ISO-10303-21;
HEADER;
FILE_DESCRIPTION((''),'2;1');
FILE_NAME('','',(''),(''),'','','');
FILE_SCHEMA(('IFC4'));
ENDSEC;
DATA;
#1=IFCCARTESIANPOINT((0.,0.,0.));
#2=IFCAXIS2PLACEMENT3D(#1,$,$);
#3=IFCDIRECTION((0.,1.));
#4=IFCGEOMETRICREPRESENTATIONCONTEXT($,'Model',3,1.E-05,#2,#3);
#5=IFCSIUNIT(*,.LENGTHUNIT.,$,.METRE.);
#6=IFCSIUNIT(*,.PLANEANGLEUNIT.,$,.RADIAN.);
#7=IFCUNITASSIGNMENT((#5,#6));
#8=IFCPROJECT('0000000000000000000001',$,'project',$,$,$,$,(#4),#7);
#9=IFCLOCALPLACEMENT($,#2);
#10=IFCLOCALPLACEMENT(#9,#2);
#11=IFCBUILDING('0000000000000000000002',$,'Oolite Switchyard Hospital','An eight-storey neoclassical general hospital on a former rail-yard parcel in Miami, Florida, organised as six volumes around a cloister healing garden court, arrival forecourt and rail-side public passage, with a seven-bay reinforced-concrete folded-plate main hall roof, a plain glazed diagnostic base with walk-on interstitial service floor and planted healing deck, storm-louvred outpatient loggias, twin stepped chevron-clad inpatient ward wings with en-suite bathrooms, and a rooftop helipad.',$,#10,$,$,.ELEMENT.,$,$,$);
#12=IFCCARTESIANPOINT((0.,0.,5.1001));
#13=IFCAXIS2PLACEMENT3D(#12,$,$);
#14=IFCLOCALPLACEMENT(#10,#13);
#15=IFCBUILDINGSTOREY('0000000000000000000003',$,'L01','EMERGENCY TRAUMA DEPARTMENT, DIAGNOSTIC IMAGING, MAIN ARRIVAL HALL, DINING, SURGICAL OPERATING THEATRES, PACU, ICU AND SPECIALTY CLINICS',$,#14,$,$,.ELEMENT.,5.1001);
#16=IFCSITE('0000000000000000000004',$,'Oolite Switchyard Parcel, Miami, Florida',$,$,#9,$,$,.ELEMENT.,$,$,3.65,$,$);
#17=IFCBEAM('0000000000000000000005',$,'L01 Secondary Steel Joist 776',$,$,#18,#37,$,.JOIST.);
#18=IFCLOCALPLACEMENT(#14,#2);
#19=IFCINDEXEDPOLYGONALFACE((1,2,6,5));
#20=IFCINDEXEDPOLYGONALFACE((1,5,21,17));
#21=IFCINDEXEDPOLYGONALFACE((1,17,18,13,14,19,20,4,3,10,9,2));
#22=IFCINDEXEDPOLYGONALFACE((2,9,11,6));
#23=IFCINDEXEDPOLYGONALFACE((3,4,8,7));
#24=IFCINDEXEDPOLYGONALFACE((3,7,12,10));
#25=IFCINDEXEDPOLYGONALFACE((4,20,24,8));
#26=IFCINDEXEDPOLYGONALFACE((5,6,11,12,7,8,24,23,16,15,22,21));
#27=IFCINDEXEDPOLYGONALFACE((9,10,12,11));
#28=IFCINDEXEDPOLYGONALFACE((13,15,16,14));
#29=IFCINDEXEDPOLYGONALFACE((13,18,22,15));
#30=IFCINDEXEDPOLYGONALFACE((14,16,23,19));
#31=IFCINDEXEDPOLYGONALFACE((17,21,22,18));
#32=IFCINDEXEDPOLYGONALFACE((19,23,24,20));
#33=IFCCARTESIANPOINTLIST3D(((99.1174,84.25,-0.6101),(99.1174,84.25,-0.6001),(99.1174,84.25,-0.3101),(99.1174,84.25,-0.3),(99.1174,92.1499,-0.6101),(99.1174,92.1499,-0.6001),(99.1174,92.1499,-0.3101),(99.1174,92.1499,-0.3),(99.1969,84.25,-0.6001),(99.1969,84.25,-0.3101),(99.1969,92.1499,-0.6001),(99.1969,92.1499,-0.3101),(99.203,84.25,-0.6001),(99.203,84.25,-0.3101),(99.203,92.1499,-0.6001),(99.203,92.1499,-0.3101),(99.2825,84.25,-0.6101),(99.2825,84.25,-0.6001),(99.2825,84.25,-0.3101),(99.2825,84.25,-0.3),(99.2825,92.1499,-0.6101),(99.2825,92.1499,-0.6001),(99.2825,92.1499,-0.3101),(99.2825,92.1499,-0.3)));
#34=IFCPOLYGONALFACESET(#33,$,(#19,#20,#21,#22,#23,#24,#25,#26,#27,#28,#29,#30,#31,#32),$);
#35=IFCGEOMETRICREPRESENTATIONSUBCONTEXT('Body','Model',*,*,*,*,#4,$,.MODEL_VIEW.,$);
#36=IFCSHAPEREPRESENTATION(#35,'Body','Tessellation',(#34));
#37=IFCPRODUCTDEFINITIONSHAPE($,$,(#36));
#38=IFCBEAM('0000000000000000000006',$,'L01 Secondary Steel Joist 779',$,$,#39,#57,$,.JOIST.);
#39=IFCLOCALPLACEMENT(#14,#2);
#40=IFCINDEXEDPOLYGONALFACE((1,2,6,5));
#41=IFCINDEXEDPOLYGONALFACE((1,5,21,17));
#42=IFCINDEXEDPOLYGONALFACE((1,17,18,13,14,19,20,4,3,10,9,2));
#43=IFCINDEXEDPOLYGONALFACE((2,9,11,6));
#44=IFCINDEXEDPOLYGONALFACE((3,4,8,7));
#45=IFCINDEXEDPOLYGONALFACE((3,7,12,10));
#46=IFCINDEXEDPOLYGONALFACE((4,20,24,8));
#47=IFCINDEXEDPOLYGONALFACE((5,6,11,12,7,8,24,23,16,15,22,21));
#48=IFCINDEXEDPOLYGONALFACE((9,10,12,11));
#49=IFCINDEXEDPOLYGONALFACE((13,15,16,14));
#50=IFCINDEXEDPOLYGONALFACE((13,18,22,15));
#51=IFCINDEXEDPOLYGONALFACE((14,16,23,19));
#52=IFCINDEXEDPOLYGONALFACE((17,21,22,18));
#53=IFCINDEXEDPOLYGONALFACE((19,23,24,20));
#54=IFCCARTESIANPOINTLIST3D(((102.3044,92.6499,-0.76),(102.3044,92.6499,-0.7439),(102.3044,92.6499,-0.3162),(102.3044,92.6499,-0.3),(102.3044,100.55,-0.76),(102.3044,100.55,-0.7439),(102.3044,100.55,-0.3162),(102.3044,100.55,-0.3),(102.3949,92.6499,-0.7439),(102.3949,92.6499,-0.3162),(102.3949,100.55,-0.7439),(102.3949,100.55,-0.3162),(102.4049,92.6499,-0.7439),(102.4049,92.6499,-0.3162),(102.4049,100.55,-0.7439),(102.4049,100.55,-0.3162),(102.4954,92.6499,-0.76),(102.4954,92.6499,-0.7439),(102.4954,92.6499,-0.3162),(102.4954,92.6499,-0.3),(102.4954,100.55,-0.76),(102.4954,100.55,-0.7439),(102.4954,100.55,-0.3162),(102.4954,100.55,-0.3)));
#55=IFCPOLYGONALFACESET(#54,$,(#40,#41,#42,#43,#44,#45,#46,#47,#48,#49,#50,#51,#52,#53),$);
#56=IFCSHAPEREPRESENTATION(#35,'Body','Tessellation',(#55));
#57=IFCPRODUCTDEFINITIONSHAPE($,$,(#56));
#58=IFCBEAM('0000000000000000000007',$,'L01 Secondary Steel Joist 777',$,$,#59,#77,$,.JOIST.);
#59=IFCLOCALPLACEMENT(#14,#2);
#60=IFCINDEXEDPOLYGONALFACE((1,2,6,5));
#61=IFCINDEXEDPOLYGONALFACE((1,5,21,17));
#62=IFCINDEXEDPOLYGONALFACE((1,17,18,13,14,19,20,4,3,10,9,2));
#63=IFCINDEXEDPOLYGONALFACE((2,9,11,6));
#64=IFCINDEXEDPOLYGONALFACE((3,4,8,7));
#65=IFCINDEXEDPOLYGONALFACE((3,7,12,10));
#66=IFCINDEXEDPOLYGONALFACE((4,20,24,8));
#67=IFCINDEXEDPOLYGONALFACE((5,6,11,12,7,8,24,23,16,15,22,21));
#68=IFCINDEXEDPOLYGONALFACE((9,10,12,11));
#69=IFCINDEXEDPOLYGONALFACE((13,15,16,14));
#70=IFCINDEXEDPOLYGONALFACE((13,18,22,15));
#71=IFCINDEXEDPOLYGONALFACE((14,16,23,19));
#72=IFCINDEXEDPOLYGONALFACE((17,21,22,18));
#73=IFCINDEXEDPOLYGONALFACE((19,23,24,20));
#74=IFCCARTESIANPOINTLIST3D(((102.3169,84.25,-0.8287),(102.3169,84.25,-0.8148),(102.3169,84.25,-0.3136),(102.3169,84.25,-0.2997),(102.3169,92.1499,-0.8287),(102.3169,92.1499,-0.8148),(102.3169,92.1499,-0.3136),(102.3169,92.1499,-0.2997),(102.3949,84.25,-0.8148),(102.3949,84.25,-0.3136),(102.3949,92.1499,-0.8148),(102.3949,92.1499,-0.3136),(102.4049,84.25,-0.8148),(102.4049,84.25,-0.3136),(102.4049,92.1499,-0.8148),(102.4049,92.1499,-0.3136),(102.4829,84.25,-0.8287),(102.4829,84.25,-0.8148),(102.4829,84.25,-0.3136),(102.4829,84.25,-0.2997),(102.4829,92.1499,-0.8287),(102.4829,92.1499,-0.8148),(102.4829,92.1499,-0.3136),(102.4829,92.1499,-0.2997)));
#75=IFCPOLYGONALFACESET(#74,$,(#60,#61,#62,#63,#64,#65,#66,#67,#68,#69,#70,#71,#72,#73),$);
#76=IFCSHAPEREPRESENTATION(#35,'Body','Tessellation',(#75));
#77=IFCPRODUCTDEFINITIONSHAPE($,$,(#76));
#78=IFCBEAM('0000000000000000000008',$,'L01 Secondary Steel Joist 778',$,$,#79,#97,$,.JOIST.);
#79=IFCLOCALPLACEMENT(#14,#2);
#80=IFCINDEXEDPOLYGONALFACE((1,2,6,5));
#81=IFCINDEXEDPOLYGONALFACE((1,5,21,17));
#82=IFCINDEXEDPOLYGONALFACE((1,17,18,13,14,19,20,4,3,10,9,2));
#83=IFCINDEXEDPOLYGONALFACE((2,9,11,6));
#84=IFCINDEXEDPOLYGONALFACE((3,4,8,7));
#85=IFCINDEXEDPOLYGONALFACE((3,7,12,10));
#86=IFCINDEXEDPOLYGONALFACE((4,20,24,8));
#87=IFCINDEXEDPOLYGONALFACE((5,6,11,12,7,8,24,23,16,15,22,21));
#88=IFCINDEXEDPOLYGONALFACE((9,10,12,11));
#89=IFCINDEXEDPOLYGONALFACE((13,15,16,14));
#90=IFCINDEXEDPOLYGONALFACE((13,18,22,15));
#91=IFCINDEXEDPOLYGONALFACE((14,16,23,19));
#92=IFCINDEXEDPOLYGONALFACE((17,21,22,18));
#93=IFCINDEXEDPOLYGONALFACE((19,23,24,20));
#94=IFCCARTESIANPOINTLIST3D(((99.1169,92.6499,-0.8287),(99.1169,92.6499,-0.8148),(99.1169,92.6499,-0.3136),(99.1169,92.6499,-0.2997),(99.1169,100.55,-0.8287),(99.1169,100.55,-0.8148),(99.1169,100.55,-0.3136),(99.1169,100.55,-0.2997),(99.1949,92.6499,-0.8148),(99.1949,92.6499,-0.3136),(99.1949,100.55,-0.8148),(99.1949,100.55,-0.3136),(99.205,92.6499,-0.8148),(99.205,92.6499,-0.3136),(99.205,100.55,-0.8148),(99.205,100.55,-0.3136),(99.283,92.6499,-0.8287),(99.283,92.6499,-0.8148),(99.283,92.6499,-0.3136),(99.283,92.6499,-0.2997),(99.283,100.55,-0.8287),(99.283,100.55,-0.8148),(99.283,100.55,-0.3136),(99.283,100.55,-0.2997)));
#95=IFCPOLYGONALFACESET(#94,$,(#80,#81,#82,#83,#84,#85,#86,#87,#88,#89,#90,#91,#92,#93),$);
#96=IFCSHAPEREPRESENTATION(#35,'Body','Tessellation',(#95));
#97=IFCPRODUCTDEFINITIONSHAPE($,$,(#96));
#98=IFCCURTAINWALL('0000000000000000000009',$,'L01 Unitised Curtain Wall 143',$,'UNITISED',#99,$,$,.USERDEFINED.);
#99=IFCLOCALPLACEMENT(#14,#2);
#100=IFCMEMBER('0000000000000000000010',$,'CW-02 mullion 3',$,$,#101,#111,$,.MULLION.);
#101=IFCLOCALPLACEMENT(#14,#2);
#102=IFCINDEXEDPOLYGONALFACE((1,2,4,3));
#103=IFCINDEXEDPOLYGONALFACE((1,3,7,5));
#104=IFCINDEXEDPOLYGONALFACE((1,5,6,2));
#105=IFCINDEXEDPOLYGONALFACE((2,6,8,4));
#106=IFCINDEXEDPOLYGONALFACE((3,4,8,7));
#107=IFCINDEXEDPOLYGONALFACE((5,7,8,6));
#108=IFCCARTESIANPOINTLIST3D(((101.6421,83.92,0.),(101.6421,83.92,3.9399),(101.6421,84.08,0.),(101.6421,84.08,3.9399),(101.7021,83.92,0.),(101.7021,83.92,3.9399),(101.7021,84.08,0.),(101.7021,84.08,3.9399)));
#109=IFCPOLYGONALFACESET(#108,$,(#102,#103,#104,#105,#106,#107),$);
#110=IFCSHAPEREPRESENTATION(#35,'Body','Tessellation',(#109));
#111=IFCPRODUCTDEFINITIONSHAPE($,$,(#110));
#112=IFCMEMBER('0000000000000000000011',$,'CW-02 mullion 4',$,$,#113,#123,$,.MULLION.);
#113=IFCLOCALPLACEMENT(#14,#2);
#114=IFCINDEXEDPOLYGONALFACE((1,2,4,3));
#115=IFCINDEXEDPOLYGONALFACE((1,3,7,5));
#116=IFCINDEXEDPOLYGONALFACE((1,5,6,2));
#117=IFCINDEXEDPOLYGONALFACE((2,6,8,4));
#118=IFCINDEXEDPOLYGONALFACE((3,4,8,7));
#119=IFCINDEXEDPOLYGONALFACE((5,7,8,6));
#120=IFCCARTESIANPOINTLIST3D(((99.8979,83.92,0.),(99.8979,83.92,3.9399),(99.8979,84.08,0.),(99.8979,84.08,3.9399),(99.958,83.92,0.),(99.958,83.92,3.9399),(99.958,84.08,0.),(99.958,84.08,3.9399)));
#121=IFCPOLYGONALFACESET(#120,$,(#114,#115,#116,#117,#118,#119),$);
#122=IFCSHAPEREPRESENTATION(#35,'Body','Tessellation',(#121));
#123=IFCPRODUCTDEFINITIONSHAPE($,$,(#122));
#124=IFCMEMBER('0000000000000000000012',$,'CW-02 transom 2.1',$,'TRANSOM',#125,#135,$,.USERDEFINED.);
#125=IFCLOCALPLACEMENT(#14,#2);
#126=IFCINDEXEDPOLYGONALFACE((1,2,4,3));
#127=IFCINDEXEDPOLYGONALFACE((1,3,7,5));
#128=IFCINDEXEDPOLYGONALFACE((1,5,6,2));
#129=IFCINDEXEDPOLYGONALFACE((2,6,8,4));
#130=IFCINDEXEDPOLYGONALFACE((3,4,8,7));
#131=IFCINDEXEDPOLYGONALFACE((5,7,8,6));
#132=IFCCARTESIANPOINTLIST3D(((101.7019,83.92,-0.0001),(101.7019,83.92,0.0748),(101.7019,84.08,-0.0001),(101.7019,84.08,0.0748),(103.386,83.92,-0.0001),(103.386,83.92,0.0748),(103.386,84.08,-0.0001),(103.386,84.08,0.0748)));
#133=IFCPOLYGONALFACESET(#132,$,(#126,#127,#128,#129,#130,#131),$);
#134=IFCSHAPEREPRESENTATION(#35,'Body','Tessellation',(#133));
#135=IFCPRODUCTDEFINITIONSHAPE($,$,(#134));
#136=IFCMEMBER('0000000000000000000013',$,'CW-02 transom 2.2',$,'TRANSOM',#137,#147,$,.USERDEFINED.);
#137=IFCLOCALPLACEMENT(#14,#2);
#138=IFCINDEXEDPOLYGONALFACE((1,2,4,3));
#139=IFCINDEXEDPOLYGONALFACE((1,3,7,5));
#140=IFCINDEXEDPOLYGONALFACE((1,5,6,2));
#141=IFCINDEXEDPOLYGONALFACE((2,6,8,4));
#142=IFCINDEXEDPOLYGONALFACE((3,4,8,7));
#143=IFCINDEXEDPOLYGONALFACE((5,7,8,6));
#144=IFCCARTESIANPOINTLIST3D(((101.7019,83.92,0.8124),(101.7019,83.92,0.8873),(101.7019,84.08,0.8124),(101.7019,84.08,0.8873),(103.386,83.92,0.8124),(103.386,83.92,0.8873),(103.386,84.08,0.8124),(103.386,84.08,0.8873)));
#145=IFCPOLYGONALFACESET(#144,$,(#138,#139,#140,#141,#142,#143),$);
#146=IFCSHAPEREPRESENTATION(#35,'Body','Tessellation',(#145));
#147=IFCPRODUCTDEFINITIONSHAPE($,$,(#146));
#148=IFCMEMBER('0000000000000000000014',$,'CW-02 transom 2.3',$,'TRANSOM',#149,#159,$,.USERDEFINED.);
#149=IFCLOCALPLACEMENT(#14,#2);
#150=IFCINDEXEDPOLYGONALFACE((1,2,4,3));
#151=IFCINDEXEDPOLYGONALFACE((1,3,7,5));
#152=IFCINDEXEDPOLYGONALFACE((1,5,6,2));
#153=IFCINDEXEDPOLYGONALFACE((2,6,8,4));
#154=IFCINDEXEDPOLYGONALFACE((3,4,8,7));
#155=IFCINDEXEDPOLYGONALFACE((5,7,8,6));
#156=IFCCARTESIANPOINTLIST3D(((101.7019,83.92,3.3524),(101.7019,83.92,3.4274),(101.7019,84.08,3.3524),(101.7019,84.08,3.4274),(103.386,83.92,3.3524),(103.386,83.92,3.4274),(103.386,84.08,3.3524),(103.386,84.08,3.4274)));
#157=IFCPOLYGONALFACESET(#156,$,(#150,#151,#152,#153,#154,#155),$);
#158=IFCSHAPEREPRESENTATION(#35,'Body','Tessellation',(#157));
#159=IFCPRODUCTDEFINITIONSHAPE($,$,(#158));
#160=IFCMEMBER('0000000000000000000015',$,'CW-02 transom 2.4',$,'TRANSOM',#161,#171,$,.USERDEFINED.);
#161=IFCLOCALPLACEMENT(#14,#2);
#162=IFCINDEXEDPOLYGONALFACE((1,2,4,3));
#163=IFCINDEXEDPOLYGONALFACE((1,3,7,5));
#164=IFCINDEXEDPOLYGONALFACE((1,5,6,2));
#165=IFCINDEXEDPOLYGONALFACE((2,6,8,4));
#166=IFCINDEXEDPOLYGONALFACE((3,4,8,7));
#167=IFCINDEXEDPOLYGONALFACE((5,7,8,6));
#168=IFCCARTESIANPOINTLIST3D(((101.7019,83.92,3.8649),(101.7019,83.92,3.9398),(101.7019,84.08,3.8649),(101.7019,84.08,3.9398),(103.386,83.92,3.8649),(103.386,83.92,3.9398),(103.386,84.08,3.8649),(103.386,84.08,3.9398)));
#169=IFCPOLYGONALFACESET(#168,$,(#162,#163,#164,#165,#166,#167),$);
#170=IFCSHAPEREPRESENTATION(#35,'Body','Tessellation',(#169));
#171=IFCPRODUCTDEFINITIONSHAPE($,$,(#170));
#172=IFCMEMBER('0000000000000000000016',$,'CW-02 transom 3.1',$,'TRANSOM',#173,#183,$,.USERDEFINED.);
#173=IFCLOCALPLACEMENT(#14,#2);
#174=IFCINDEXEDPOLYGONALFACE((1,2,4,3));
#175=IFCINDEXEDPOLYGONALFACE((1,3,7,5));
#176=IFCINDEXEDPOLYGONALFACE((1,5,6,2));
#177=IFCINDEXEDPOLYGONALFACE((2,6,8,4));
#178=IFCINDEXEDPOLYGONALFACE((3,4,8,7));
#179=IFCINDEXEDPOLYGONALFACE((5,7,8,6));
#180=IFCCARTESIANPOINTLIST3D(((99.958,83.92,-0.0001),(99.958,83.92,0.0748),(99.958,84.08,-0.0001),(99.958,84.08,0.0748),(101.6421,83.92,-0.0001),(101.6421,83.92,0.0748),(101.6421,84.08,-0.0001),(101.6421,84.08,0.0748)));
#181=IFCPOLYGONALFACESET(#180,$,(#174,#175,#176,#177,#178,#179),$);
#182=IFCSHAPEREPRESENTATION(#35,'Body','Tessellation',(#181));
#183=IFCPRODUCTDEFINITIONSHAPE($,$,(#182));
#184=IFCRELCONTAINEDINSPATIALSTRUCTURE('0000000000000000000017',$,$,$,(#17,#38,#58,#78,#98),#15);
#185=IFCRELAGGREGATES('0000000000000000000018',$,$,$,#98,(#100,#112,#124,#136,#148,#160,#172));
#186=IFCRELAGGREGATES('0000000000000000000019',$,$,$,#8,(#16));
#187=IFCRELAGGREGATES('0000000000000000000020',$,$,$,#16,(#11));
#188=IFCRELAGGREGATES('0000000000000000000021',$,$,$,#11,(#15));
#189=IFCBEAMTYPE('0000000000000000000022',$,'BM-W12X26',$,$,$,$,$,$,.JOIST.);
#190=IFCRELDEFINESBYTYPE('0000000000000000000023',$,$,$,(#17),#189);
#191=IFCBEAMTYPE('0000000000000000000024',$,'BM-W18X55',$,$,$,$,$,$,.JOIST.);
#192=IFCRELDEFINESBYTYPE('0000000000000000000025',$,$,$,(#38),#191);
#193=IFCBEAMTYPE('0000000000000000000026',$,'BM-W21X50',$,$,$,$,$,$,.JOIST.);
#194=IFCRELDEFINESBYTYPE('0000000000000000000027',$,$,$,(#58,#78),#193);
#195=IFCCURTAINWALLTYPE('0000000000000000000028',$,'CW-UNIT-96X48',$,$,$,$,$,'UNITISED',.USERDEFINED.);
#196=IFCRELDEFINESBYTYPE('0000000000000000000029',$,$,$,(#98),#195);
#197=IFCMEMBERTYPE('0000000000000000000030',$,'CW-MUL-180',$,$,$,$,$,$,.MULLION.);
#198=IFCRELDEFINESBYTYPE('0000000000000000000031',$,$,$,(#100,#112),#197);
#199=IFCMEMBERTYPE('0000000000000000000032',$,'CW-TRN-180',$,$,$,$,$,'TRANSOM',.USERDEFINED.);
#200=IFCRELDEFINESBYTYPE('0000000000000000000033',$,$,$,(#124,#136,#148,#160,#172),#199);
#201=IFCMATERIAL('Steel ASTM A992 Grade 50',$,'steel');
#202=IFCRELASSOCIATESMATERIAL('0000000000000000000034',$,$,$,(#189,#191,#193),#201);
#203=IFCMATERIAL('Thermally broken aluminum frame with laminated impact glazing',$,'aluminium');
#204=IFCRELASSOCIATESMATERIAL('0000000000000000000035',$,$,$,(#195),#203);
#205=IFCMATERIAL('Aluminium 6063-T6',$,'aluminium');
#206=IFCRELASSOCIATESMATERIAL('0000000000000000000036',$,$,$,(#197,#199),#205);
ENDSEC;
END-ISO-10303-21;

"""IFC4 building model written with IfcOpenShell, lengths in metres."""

from ifc_helpers import new_model, si_unit, direction, frame, origin, origin_2d, place, context, subcontext, project, spatial, rectangle, i_section, extrude, material, material_profile, profile_set, type_object, element, aggregate, save


model = new_model("IFC4")

# Units and contexts
model_context = context("Model", 3, precision=1e-05, world=origin(), true_north=direction((0.0, 1.0)))
body_context = subcontext(model_context, "Body", "Model", "MODEL_VIEW")
ifc_project = project(units=[si_unit("LENGTHUNIT", "METRE"), si_unit("PLANEANGLEUNIT", "RADIAN")], contexts=[model_context])

# Site, building, storey
site_placement = place(None, origin())
site = spatial("IfcSite", under=ifc_project, at=site_placement, Name="Oolite Switchyard Parcel, Miami, Florida", CompositionType="ELEMENT", RefElevation=3.65)
building_placement = place(site_placement, origin())
building = spatial("IfcBuilding", under=site, at=building_placement, Name="Oolite Switchyard Hospital", Description="An eight-storey neoclassical general hospital on a former rail-yard parcel in Miami, Florida, organised as six volumes around a cloister healing garden court, arrival forecourt and rail-side public passage, with a seven-bay reinforced-concrete folded-plate main hall roof, a plain glazed diagnostic base with walk-on interstitial service floor and planted healing deck, storm-louvred outpatient loggias, twin stepped chevron-clad inpatient ward wings with en-suite bathrooms, and a rooftop helipad.", CompositionType="ELEMENT")
storey_placement = place(building_placement, frame((0.0, 0.0, 5.1001)))
storey = spatial("IfcBuildingStorey", under=building, at=storey_placement, Name="L01", Description="EMERGENCY TRAUMA DEPARTMENT, DIAGNOSTIC IMAGING, MAIN ARRIVAL HALL, DINING, SURGICAL OPERATING THEATRES, PACU, ICU AND SPECIALTY CLINICS", CompositionType="ELEMENT", Elevation=5.1001)

# Beams
ifc_material_1 = material(Name="Steel ASTM A992 Grade 50", Category="steel")
ifc_material_profile_1 = material_profile(ifc_material_1, i_section(OverallWidth=0.165, OverallDepth=0.3101, WebThickness=0.0061, FlangeThickness=0.01, at=origin_2d()), Name="W12X26")
ifc_profile_set_1 = profile_set([ifc_material_profile_1], Name="Steel ASTM A992 Grade 50")
beam_type_1 = type_object("IfcBeamType", Name="BM-W12X26", PredefinedType="JOIST", material=ifc_profile_set_1)
beam_1_placement = place(storey_placement, frame((99.2, 84.25, -0.4551), z_axis=(0.0, 1.0, 0.0), x_axis=(-1.0, 0.0, 0.0)))
element("IfcBeam", 1, at=beam_1_placement, inside=storey, type_object=beam_type_1, Name="L01 Secondary Steel Joist 776", PredefinedType="JOIST", context=body_context, shape_type="SweptSolid", body=[
    extrude(i_section(OverallWidth=0.165, OverallDepth=0.3101, WebThickness=0.0061, FlangeThickness=0.01, at=origin_2d()), origin(), (0.0, 0.0, 1.0), 7.8999),
])
ifc_material_profile_2 = material_profile(ifc_material_1, i_section(OverallWidth=0.1909, OverallDepth=0.46, WebThickness=0.01, FlangeThickness=0.0161, at=origin_2d()), Name="W18X55")
ifc_profile_set_2 = profile_set([ifc_material_profile_2], Name="Steel ASTM A992 Grade 50")
beam_type_2 = type_object("IfcBeamType", Name="BM-W18X55", PredefinedType="JOIST", material=ifc_profile_set_2)
beam_2_placement = place(storey_placement, frame((102.3999, 92.6499, -0.53), z_axis=(0.0, 1.0, 0.0), x_axis=(-1.0, 0.0, 0.0)))
element("IfcBeam", 2, at=beam_2_placement, inside=storey, type_object=beam_type_2, Name="L01 Secondary Steel Joist 779", PredefinedType="JOIST", context=body_context, shape_type="SweptSolid", body=[
    extrude(i_section(OverallWidth=0.1909, OverallDepth=0.46, WebThickness=0.01, FlangeThickness=0.0161, at=origin_2d()), origin(), (0.0, 0.0, 1.0), 7.9001),
])
ifc_material_profile_3 = material_profile(ifc_material_1, i_section(OverallWidth=0.166, OverallDepth=0.5291, WebThickness=0.01, FlangeThickness=0.0139, at=origin_2d()), Name="W21X50")
ifc_profile_set_3 = profile_set([ifc_material_profile_3], Name="Steel ASTM A992 Grade 50")
beam_type_3 = type_object("IfcBeamType", Name="BM-W21X50", PredefinedType="JOIST", material=ifc_profile_set_3)
beam_3_placement = place(storey_placement, frame((102.3999, 84.25, -0.5642), z_axis=(0.0, 1.0, 0.0), x_axis=(-1.0, 0.0, 0.0)))
element("IfcBeam", 3, at=beam_3_placement, inside=storey, type_object=beam_type_3, Name="L01 Secondary Steel Joist 777", PredefinedType="JOIST", context=body_context, shape_type="SweptSolid", body=[
    extrude(i_section(OverallWidth=0.166, OverallDepth=0.5291, WebThickness=0.01, FlangeThickness=0.0139, at=origin_2d()), origin(), (0.0, 0.0, 1.0), 7.8999),
])
beam_4_placement = place(storey_placement, frame((99.2, 92.6499, -0.5642), z_axis=(0.0, 1.0, 0.0), x_axis=(-1.0, 0.0, 0.0)))
element("IfcBeam", 4, at=beam_4_placement, inside=storey, type_object=beam_type_3, Name="L01 Secondary Steel Joist 778", PredefinedType="JOIST", context=body_context, shape_type="SweptSolid", body=[
    extrude(i_section(OverallWidth=0.166, OverallDepth=0.5291, WebThickness=0.01, FlangeThickness=0.0139, at=origin_2d()), origin(), (0.0, 0.0, 1.0), 7.9001),
])

# Curtain wall, members
ifc_material_2 = material(Name="Thermally broken aluminum frame with laminated impact glazing", Category="aluminium")
curtain_wall_type = type_object("IfcCurtainWallType", Name="CW-UNIT-96X48", ElementType="UNITISED", PredefinedType="USERDEFINED", material=ifc_material_2)
curtain_wall_placement = place(storey_placement, origin())
curtain_wall = element("IfcCurtainWall", 5, at=curtain_wall_placement, inside=storey, type_object=curtain_wall_type, Name="L01 Unitised Curtain Wall 143", ObjectType="UNITISED", PredefinedType="USERDEFINED")
ifc_material_3 = material(Name="Aluminium 6063-T6", Category="aluminium")
ifc_material_profile_4 = material_profile(ifc_material_3, rectangle(XDim=0.1599, YDim=0.0601, at=origin_2d()), Name="CWM60X160")
ifc_profile_set_4 = profile_set([ifc_material_profile_4], Name="Aluminium 6063-T6")
member_type_1 = type_object("IfcMemberType", Name="CW-MUL-180", PredefinedType="MULLION", material=ifc_profile_set_4)
member_1_placement = place(storey_placement, frame((101.6721, 84.0, 0.0), z_axis=(0.0, 0.0, 1.0), x_axis=(0.0, -1.0, 0.0)))
member_1 = element("IfcMember", 6, at=member_1_placement, type_object=member_type_1, Name="CW-02 mullion 3", PredefinedType="MULLION", context=body_context, shape_type="SweptSolid", body=[
    extrude(rectangle(XDim=0.1599, YDim=0.0601, at=origin_2d()), origin(), (0.0, 0.0, 1.0), 3.9399),
])
member_2_placement = place(storey_placement, frame((99.928, 84.0, 0.0), z_axis=(0.0, 0.0, 1.0), x_axis=(0.0, -1.0, 0.0)))
member_2 = element("IfcMember", 7, at=member_2_placement, type_object=member_type_1, Name="CW-02 mullion 4", PredefinedType="MULLION", context=body_context, shape_type="SweptSolid", body=[
    extrude(rectangle(XDim=0.1599, YDim=0.0601, at=origin_2d()), origin(), (0.0, 0.0, 1.0), 3.9399),
])
ifc_material_profile_5 = material_profile(ifc_material_3, rectangle(XDim=0.1599, YDim=0.075, at=origin_2d()), Name="CWT75X160")
ifc_profile_set_5 = profile_set([ifc_material_profile_5], Name="Aluminium 6063-T6")
member_type_2 = type_object("IfcMemberType", Name="CW-TRN-180", ElementType="TRANSOM", PredefinedType="USERDEFINED", material=ifc_profile_set_5)
member_3_placement = place(storey_placement, frame((103.386, 84.0, 0.0374), z_axis=(-1.0, 0.0, 0.0), x_axis=(0.0, -1.0, 0.0)))
member_3 = element("IfcMember", 8, at=member_3_placement, type_object=member_type_2, Name="CW-02 transom 2.1", ObjectType="TRANSOM", PredefinedType="USERDEFINED", context=body_context, shape_type="SweptSolid", body=[
    extrude(rectangle(XDim=0.1599, YDim=0.075, at=origin_2d()), origin(), (0.0, 0.0, 1.0), 1.6841),
])
member_4_placement = place(storey_placement, frame((103.386, 84.0, 0.8499), z_axis=(-1.0, 0.0, 0.0), x_axis=(0.0, -1.0, 0.0)))
member_4 = element("IfcMember", 9, at=member_4_placement, type_object=member_type_2, Name="CW-02 transom 2.2", ObjectType="TRANSOM", PredefinedType="USERDEFINED", context=body_context, shape_type="SweptSolid", body=[
    extrude(rectangle(XDim=0.1599, YDim=0.075, at=origin_2d()), origin(), (0.0, 0.0, 1.0), 1.6841),
])
member_5_placement = place(storey_placement, frame((103.386, 84.0, 3.3899), z_axis=(-1.0, 0.0, 0.0), x_axis=(0.0, -1.0, 0.0)))
member_5 = element("IfcMember", 10, at=member_5_placement, type_object=member_type_2, Name="CW-02 transom 2.3", ObjectType="TRANSOM", PredefinedType="USERDEFINED", context=body_context, shape_type="SweptSolid", body=[
    extrude(rectangle(XDim=0.1599, YDim=0.075, at=origin_2d()), origin(), (0.0, 0.0, 1.0), 1.6841),
])
member_6_placement = place(storey_placement, frame((103.386, 84.0, 3.9023), z_axis=(-1.0, 0.0, 0.0), x_axis=(0.0, -1.0, 0.0)))
member_6 = element("IfcMember", 11, at=member_6_placement, type_object=member_type_2, Name="CW-02 transom 2.4", ObjectType="TRANSOM", PredefinedType="USERDEFINED", context=body_context, shape_type="SweptSolid", body=[
    extrude(rectangle(XDim=0.1599, YDim=0.075, at=origin_2d()), origin(), (0.0, 0.0, 1.0), 1.6841),
])
member_7_placement = place(storey_placement, frame((101.6421, 84.0, 0.0374), z_axis=(-1.0, 0.0, 0.0), x_axis=(0.0, -1.0, 0.0)))
member_7 = element("IfcMember", 12, at=member_7_placement, type_object=member_type_2, Name="CW-02 transom 3.1", ObjectType="TRANSOM", PredefinedType="USERDEFINED", context=body_context, shape_type="SweptSolid", body=[
    extrude(rectangle(XDim=0.1599, YDim=0.075, at=origin_2d()), origin(), (0.0, 0.0, 1.0), 1.6841),
])
aggregate(curtain_wall, [member_1, member_2, member_3, member_4, member_5, member_6, member_7])

save(model, "model.ifc")
